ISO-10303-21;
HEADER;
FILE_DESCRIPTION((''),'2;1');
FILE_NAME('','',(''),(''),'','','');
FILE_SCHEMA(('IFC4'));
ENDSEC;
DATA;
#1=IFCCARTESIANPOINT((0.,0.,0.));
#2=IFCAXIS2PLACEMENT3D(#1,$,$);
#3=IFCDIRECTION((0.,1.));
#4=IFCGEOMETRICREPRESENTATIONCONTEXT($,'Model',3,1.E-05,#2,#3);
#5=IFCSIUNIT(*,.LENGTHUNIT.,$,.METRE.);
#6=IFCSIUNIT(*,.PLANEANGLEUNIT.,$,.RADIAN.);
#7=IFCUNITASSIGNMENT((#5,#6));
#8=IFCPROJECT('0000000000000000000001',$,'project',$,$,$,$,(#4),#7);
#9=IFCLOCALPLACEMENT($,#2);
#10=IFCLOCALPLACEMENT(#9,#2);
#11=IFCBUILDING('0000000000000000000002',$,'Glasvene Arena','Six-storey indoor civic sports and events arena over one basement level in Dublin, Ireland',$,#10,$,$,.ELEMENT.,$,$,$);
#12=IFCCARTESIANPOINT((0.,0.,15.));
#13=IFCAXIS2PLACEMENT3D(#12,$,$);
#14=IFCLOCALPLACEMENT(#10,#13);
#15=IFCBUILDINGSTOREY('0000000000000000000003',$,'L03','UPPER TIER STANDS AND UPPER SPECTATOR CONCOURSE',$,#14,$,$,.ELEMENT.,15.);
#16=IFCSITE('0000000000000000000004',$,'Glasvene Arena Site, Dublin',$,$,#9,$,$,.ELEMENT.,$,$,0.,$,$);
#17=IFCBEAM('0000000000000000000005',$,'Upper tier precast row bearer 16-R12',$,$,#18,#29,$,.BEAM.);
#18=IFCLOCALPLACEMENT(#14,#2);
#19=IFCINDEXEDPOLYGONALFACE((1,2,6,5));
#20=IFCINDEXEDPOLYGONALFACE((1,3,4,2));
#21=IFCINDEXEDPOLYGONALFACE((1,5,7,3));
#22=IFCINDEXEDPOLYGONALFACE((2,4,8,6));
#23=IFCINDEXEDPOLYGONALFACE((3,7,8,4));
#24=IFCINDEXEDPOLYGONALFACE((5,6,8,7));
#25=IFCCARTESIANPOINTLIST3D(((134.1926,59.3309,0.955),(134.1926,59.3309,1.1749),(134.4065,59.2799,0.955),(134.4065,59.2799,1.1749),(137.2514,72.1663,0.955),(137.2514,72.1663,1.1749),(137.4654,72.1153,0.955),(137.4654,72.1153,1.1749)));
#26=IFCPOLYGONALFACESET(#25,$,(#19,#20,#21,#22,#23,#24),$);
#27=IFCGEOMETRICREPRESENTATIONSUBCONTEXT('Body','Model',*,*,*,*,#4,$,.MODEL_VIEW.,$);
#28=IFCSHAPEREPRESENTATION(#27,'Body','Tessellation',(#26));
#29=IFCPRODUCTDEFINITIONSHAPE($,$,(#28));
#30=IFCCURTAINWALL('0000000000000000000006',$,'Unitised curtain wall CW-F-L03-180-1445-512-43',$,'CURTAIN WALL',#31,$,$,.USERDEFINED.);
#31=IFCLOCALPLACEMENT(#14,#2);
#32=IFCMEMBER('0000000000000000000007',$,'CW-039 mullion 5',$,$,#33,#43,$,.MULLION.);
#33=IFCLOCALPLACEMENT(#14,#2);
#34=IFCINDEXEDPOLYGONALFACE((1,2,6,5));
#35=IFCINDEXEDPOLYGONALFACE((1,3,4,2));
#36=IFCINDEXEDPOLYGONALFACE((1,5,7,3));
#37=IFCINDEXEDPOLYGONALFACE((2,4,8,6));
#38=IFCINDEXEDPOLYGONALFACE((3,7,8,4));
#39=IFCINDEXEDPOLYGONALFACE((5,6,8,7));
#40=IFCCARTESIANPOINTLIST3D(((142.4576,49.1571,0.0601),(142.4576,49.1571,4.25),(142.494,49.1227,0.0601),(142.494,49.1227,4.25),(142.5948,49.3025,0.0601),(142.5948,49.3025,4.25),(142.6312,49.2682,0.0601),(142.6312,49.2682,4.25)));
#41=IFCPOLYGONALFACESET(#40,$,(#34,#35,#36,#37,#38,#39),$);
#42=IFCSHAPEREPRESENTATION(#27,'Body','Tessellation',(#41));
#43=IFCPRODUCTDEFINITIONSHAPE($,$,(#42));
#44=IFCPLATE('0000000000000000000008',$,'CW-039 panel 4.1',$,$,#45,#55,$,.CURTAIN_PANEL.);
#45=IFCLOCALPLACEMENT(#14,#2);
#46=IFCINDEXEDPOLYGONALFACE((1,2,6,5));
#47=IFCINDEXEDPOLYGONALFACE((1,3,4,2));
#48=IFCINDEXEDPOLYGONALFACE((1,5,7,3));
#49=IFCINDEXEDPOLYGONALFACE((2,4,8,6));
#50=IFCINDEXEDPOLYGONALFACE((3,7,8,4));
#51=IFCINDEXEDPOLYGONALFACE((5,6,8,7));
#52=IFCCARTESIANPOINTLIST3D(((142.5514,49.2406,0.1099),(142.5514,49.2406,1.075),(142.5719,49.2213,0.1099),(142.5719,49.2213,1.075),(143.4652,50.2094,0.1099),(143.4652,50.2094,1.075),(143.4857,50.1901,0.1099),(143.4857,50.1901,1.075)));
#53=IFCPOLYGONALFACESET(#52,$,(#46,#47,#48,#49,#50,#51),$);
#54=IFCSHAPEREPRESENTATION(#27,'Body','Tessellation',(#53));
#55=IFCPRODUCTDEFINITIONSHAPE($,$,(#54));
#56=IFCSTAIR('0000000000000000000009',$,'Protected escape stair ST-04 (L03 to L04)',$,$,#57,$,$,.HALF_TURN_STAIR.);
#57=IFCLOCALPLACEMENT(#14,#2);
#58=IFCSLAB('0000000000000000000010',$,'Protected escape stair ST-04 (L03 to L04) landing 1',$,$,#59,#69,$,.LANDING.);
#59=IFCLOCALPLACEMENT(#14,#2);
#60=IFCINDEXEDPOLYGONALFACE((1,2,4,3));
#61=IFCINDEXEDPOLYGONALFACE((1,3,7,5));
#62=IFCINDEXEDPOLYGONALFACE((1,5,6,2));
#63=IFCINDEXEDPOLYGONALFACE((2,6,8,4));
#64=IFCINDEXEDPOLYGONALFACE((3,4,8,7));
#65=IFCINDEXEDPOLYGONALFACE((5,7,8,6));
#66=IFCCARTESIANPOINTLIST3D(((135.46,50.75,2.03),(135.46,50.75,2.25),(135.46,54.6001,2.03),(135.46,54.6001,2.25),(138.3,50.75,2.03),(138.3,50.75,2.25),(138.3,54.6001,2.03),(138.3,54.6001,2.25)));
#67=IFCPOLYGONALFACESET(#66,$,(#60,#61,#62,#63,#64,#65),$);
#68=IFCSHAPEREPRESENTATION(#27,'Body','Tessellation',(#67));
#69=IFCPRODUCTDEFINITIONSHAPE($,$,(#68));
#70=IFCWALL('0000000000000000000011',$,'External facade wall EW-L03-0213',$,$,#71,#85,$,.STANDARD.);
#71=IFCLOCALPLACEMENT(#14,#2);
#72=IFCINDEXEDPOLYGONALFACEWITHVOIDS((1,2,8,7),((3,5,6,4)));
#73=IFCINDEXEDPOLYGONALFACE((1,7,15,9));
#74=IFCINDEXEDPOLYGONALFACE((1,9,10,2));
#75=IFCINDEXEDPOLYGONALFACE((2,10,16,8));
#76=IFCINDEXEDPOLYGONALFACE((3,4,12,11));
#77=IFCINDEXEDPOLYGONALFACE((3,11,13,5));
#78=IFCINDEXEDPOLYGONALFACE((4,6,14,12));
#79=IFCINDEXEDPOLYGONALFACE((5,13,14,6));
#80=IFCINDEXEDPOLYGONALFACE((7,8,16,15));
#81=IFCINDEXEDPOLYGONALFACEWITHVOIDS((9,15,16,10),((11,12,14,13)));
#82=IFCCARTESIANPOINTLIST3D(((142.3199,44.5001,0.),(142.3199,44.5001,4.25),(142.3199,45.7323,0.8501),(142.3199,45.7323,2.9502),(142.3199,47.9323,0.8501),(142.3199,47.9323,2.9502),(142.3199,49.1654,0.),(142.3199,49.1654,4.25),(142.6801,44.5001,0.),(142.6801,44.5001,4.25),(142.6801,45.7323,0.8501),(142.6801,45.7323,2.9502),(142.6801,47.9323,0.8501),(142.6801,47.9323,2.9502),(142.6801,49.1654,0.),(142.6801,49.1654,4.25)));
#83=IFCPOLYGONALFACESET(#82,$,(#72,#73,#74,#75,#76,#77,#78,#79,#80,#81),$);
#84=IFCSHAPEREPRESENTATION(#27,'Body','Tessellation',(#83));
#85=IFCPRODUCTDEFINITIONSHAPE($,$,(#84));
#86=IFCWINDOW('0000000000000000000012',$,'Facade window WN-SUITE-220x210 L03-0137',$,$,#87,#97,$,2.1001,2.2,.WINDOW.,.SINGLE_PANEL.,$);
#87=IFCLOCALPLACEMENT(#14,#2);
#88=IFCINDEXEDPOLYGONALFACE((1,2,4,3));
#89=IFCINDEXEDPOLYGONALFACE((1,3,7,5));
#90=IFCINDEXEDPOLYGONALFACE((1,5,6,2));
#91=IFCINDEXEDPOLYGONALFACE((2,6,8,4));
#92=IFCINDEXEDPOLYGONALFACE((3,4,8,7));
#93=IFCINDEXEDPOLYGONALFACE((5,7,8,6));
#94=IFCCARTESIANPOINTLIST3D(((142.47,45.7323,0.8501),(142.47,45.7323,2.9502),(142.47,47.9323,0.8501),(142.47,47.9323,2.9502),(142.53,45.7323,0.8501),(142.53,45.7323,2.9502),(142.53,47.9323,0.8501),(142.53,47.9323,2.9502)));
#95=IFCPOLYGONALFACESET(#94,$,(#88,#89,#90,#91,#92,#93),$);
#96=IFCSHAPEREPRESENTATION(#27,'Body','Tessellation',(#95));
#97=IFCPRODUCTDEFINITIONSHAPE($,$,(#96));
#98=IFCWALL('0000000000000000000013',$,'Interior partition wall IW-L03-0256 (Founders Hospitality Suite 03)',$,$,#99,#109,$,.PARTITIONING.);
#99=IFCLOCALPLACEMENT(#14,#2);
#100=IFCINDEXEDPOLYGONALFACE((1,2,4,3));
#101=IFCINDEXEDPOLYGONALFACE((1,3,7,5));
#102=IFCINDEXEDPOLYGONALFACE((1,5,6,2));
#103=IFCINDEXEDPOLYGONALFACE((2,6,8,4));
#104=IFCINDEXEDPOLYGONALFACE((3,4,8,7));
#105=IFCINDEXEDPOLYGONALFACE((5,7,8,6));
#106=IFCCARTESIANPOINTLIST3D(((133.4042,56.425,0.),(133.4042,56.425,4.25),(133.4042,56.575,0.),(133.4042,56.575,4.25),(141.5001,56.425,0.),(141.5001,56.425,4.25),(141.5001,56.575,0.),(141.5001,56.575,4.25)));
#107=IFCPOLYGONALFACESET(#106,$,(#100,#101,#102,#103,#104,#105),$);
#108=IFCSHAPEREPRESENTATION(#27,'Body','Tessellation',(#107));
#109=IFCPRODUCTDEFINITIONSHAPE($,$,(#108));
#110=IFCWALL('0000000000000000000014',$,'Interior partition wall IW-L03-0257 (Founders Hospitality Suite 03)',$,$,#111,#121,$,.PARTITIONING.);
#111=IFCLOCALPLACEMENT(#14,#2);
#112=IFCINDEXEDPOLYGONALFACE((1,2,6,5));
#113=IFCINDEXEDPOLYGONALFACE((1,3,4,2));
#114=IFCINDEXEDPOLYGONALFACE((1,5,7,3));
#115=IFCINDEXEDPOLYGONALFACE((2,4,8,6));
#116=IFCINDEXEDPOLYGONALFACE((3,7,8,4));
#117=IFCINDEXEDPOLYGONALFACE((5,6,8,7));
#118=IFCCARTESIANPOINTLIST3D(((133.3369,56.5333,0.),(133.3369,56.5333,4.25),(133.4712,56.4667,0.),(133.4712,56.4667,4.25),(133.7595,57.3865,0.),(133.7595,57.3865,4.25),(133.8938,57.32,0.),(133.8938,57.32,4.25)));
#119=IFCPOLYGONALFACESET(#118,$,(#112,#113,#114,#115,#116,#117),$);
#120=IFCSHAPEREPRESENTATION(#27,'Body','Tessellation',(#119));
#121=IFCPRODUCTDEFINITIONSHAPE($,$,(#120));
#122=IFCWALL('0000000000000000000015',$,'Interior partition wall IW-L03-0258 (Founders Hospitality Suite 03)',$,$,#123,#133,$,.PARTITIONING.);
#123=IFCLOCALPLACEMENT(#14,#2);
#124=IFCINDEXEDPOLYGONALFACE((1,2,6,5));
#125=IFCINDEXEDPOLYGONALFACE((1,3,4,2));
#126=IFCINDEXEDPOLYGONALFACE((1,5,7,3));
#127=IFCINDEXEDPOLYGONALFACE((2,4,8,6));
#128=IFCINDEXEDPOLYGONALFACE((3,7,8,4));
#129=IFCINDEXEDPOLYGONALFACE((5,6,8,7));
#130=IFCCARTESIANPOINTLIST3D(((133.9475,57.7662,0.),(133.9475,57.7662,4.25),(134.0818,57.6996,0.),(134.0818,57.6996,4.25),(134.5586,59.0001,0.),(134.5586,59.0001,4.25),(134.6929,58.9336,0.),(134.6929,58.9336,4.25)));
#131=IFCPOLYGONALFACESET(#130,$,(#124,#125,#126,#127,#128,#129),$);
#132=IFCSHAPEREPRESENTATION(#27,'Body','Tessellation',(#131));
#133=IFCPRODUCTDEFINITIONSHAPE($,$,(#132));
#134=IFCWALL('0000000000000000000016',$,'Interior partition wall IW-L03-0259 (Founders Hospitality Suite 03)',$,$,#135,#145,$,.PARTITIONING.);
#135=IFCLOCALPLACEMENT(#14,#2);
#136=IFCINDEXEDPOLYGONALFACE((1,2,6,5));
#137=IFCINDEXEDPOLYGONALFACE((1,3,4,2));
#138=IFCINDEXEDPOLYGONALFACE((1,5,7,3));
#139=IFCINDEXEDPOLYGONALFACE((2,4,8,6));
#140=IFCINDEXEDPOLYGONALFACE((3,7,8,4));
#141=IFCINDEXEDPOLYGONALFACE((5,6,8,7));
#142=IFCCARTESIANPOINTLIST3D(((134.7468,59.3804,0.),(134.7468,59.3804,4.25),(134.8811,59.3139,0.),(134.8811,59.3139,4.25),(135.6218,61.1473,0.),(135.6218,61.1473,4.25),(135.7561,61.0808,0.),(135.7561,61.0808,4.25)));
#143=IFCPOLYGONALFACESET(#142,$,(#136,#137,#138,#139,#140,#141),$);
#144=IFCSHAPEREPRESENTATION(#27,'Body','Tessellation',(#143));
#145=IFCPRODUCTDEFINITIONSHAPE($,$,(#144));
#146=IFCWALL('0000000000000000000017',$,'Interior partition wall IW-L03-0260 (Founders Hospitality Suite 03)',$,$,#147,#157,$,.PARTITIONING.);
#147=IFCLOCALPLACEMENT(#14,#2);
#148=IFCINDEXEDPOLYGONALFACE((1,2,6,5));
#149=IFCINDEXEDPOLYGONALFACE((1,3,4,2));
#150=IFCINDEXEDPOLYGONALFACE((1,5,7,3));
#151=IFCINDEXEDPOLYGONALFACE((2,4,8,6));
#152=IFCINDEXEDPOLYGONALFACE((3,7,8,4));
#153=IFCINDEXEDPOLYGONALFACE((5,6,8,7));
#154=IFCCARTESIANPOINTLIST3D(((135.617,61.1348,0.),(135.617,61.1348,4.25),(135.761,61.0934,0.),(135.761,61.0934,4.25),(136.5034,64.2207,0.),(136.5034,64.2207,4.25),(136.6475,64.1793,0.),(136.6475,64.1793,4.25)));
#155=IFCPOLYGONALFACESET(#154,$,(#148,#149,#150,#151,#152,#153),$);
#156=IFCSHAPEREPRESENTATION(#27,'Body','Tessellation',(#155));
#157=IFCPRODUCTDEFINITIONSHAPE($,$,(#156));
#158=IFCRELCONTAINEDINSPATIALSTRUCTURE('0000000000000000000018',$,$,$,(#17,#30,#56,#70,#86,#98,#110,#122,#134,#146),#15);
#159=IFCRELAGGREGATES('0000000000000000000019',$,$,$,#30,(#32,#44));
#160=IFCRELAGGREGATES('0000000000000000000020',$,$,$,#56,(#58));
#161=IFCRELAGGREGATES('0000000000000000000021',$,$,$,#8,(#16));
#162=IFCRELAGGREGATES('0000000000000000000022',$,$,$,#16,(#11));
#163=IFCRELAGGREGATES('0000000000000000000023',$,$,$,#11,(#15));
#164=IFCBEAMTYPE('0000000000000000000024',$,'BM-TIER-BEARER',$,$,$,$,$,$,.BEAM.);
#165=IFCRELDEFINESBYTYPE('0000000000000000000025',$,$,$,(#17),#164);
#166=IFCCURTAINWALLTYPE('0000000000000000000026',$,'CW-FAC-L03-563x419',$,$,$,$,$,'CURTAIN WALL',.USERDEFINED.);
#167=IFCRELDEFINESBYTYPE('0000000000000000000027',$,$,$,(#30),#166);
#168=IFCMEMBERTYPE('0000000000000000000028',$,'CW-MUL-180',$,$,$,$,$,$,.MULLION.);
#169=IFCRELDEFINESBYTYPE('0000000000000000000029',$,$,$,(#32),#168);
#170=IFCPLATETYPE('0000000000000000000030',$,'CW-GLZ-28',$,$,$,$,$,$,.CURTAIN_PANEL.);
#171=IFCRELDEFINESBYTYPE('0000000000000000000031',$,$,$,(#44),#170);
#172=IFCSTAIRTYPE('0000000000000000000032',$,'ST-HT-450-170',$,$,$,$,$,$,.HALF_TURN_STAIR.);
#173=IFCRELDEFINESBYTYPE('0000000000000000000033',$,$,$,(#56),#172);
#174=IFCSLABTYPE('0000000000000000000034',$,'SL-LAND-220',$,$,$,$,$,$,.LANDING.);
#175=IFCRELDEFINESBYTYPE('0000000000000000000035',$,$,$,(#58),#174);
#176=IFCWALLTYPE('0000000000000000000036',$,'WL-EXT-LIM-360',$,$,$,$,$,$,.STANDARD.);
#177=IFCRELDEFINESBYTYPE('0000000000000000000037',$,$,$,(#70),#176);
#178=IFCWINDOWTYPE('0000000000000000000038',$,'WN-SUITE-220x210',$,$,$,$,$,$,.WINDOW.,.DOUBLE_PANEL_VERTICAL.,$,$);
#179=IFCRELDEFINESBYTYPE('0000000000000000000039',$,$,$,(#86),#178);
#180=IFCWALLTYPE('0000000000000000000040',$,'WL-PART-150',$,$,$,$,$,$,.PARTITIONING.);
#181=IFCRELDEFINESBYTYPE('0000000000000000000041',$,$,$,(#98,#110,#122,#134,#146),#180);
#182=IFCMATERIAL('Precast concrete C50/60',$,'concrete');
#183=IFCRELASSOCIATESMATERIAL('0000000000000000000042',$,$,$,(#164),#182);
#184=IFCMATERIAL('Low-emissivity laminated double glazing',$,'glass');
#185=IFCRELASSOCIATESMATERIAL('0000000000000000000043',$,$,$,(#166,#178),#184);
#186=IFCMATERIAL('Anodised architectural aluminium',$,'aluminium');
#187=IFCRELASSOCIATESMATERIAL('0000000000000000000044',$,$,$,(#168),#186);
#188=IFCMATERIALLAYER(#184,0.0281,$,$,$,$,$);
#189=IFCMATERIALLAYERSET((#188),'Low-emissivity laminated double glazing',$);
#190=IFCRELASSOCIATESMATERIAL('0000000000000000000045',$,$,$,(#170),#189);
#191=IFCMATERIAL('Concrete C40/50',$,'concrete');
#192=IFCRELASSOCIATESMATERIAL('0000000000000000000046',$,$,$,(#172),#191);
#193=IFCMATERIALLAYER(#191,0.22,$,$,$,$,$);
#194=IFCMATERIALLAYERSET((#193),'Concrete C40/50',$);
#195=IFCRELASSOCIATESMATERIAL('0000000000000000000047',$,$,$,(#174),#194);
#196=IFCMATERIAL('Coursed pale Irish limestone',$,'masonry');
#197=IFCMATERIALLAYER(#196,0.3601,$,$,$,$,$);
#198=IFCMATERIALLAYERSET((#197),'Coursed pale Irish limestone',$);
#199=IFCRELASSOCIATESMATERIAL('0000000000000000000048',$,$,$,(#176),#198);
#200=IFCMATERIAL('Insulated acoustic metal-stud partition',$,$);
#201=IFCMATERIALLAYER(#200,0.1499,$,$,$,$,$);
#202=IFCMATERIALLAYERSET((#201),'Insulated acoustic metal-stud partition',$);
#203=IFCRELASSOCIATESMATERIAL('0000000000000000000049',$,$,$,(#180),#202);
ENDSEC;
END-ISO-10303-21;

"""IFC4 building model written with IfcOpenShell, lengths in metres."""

from ifc_helpers import new_model, si_unit, direction, frame, frame_2d, origin, origin_2d, place, context, subcontext, project, spatial, polyline, rectangle, outline, extrude, material, layer, layer_set, material_profile, profile_set, type_object, element, fill, aggregate, save


model = new_model("IFC4")

# Units and contexts
model_context = context("Model", 3, precision=1e-05, world=origin(), true_north=direction((0.0, 1.0)))
body_context = subcontext(model_context, "Body", "Model", "MODEL_VIEW")
ifc_project = project(units=[si_unit("LENGTHUNIT", "METRE"), si_unit("PLANEANGLEUNIT", "RADIAN")], contexts=[model_context])

# Site, building, storey
site_placement = place(None, origin())
site = spatial("IfcSite", under=ifc_project, at=site_placement, Name="Glasvene Arena Site, Dublin", CompositionType="ELEMENT", RefElevation=0.0)
building_placement = place(site_placement, origin())
building = spatial("IfcBuilding", under=site, at=building_placement, Name="Glasvene Arena", Description="Six-storey indoor civic sports and events arena over one basement level in Dublin, Ireland", CompositionType="ELEMENT")
storey_placement = place(building_placement, frame((0.0, 0.0, 15.0)))
storey = spatial("IfcBuildingStorey", under=building, at=storey_placement, Name="L03", Description="UPPER TIER STANDS AND UPPER SPECTATOR CONCOURSE", CompositionType="ELEMENT", Elevation=15.0)

# Beam
ifc_material_1 = material(Name="Precast concrete C50/60", Category="concrete")
ifc_material_profile_1 = material_profile(ifc_material_1, rectangle(XDim=0.22, YDim=0.22, at=origin_2d()), Name="RC 220x220")
ifc_profile_set_1 = profile_set([ifc_material_profile_1], Name="Precast concrete C50/60")
beam_type_1 = type_object("IfcBeamType", Name="BM-TIER-BEARER", PredefinedType="BEAM", material=ifc_profile_set_1)
beam_1_placement = place(storey_placement, frame((134.2996, 59.3054, 1.0649), z_axis=(0.23182, 0.972759, 0.0), x_axis=(-0.972759, 0.23182, 0.0)))
element("IfcBeam", 1, at=beam_1_placement, inside=storey, type_object=beam_type_1, Name="Upper tier precast row bearer 16-R12", PredefinedType="BEAM", context=body_context, shape_type="SweptSolid", body=[
    extrude(rectangle(XDim=0.22, YDim=0.22, at=origin_2d()), origin(), (0.0, 0.0, 1.0), 13.1948),
])

# Curtain wall, member, plate
ifc_material_2 = material(Name="Low-emissivity laminated double glazing", Category="glass")
curtain_wall_type = type_object("IfcCurtainWallType", Name="CW-FAC-L03-563x419", ElementType="CURTAIN WALL", PredefinedType="USERDEFINED", material=ifc_material_2)
curtain_wall_placement = place(storey_placement, frame((146.3884, 53.2881, 0.0)))
curtain_wall = element("IfcCurtainWall", 2, at=curtain_wall_placement, inside=storey, type_object=curtain_wall_type, Name="Unitised curtain wall CW-F-L03-180-1445-512-43", ObjectType="CURTAIN WALL", PredefinedType="USERDEFINED")
ifc_material_3 = material(Name="Anodised architectural aluminium", Category="aluminium")
ifc_material_profile_2 = material_profile(ifc_material_3, rectangle(XDim=0.05, YDim=0.2, at=origin_2d()), Name="ALU MULLION 50x200")
ifc_profile_set_2 = profile_set([ifc_material_profile_2], Name="Anodised architectural aluminium")
member_type = type_object("IfcMemberType", Name="CW-MUL-180", PredefinedType="MULLION", material=ifc_profile_set_2)
member_placement = place(storey_placement, frame((142.5444, 49.2126, 0.0601), z_axis=(0.0, 0.0, 1.0), x_axis=(0.727464, -0.686146, 0.0)))
member = element("IfcMember", 3, at=member_placement, type_object=member_type, Name="CW-039 mullion 5", PredefinedType="MULLION", context=body_context, shape_type="SweptSolid", body=[
    extrude(rectangle(XDim=0.05, YDim=0.2, at=origin_2d()), origin(), (0.0, 0.0, 1.0), 4.1899),
])
ifc_layer_1 = layer(ifc_material_2, 0.0281)
ifc_layer_set_1 = layer_set([ifc_layer_1], Name="Low-emissivity laminated double glazing")
plate_type = type_object("IfcPlateType", Name="CW-GLZ-28", PredefinedType="CURTAIN_PANEL", material=ifc_layer_set_1)
plate_placement = place(storey_placement, frame((143.0186, 49.7153, 0.1099), z_axis=(0.0, 0.0, 1.0), x_axis=(-0.686146, -0.727464, 0.0)))
plate = element("IfcPlate", 4, at=plate_placement, type_object=plate_type, Name="CW-039 panel 4.1", PredefinedType="CURTAIN_PANEL", context=body_context, shape_type="SweptSolid", body=[
    extrude(rectangle(XDim=1.3318, YDim=0.0281, at=origin_2d()), origin(), (0.0, 0.0, 1.0), 0.9651),
])
aggregate(curtain_wall, [member, plate])

# Stair, slab
ifc_material_4 = material(Name="Concrete C40/50", Category="concrete")
stair_type = type_object("IfcStairType", Name="ST-HT-450-170", PredefinedType="HALF_TURN_STAIR", material=ifc_material_4)
stair_placement = place(storey_placement, origin())
stair = element("IfcStair", 5, at=stair_placement, inside=storey, type_object=stair_type, Name="Protected escape stair ST-04 (L03 to L04)", PredefinedType="HALF_TURN_STAIR")
ifc_layer_2 = layer(ifc_material_4, 0.22)
ifc_layer_set_2 = layer_set([ifc_layer_2], Name="Concrete C40/50")
slab_type = type_object("IfcSlabType", Name="SL-LAND-220", PredefinedType="LANDING", material=ifc_layer_set_2)
slab_placement = place(storey_placement, frame((136.8799, 52.675, 2.03)))
slab = element("IfcSlab", 6, at=slab_placement, type_object=slab_type, Name="Protected escape stair ST-04 (L03 to L04) landing 1", PredefinedType="LANDING", context=body_context, shape_type="SweptSolid", body=[
    extrude(outline(polyline([(-1.4199, -1.925), (1.4202, -1.925), (1.4202, 1.925), (-1.4199, 1.925), (-1.4199, -1.925)])), origin(), (0.0, 0.0, 1.0), 0.22),
])

# Wall, opening, window
ifc_material_5 = material(Name="Coursed pale Irish limestone", Category="masonry")
ifc_layer_3 = layer(ifc_material_5, 0.3601)
ifc_layer_set_3 = layer_set([ifc_layer_3], Name="Coursed pale Irish limestone")
wall_type_1 = type_object("IfcWallType", Name="WL-EXT-LIM-360", PredefinedType="STANDARD", material=ifc_layer_set_3)
wall_1_placement = place(storey_placement, frame((142.5, 49.1653, 0.0), z_axis=(0.0, 0.0, 1.0), x_axis=(0.0, -1.0, 0.0)))
wall_1 = element("IfcWall", 7, at=wall_1_placement, inside=storey, type_object=wall_type_1, Name="External facade wall EW-L03-0213", PredefinedType="STANDARD", context=body_context, shape_type="SweptSolid", body=[
    extrude(rectangle(XDim=4.6653, YDim=0.3601, at=frame_2d((2.3325, 0.0))), origin(), (0.0, 0.0, 1.0), 4.25),
])
opening_1_placement = place(wall_1_placement, frame((1.2329, 0.0, 0.8501)))
opening_1 = element("IfcOpeningElement", 8, at=opening_1_placement, cuts=wall_1, PredefinedType="OPENING", context=body_context, shape_type="SweptSolid", body=[
    extrude(rectangle(XDim=2.2, YDim=2.1001, at=frame_2d((1.1001, 1.05))), frame((0.0, 0.1899, 0.0), z_axis=(0.0, -1.0, 0.0), x_axis=(1.0, 0.0, 0.0)), (0.0, 0.0, 1.0), 0.3801),
])
window_type = type_object("IfcWindowType", Name="WN-SUITE-220x210", PartitioningType="DOUBLE_PANEL_VERTICAL", PredefinedType="WINDOW", material=ifc_material_2)
window_placement = place(opening_1_placement, origin())
window = element("IfcWindow", 9, at=window_placement, inside=storey, type_object=window_type, Name="Facade window WN-SUITE-220x210 L03-0137", OverallHeight=2.1001, OverallWidth=2.2, PartitioningType="SINGLE_PANEL", PredefinedType="WINDOW", context=body_context, shape_type="SweptSolid", body=[
    extrude(rectangle(XDim=2.2, YDim=2.1001, at=frame_2d((1.1001, 1.05))), frame((0.0, 0.03, 0.0), z_axis=(0.0, -1.0, 0.0), x_axis=(1.0, 0.0, 0.0)), (0.0, 0.0, 1.0), 0.0601),
])
fill(opening_1, window)

# Walls
ifc_material_6 = material(Name="Insulated acoustic metal-stud partition")
ifc_layer_4 = layer(ifc_material_6, 0.1499)
ifc_layer_set_4 = layer_set([ifc_layer_4], Name="Insulated acoustic metal-stud partition")
wall_type_2 = type_object("IfcWallType", Name="WL-PART-150", PredefinedType="PARTITIONING", material=ifc_layer_set_4)
wall_2_placement = place(storey_placement, frame((141.5, 56.5, 0.0), z_axis=(0.0, 0.0, 1.0), x_axis=(-1.0, 0.0, 0.0)))
element("IfcWall", 10, at=wall_2_placement, inside=storey, type_object=wall_type_2, Name="Interior partition wall IW-L03-0256 (Founders Hospitality Suite 03)", PredefinedType="PARTITIONING", context=body_context, shape_type="SweptSolid", body=[
    extrude(rectangle(XDim=8.0959, YDim=0.1499, at=frame_2d((4.0479, 0.0))), origin(), (0.0, 0.0, 1.0), 4.25),
])
wall_3_placement = place(storey_placement, frame((133.4041, 56.5, 0.0), z_axis=(0.0, 0.0, 1.0), x_axis=(0.443826, 0.896113, 0.0)))
element("IfcWall", 11, at=wall_3_placement, inside=storey, type_object=wall_type_2, Name="Interior partition wall IW-L03-0257 (Founders Hospitality Suite 03)", PredefinedType="PARTITIONING", context=body_context, shape_type="SweptSolid", body=[
    extrude(rectangle(XDim=0.9521, YDim=0.1499, at=frame_2d((0.4761, 0.0))), origin(), (0.0, 0.0, 1.0), 4.25),
])
wall_4_placement = place(storey_placement, frame((134.0146, 57.7329, 0.0), z_axis=(0.0, 0.0, 1.0), x_axis=(0.443806, 0.896123, 0.0)))
element("IfcWall", 12, at=wall_4_placement, inside=storey, type_object=wall_type_2, Name="Interior partition wall IW-L03-0258 (Founders Hospitality Suite 03)", PredefinedType="PARTITIONING", context=body_context, shape_type="SweptSolid", body=[
    extrude(rectangle(XDim=1.377, YDim=0.1499, at=frame_2d((0.6885, 0.0))), origin(), (0.0, 0.0, 1.0), 4.25),
])
wall_5_placement = place(storey_placement, frame((134.814, 59.3472, 0.0), z_axis=(0.0, 0.0, 1.0), x_axis=(0.443793, 0.896129, 0.0)))
element("IfcWall", 13, at=wall_5_placement, inside=storey, type_object=wall_type_2, Name="Interior partition wall IW-L03-0259 (Founders Hospitality Suite 03)", PredefinedType="PARTITIONING", context=body_context, shape_type="SweptSolid", body=[
    extrude(rectangle(XDim=1.9717, YDim=0.1499, at=frame_2d((0.9858, 0.0))), origin(), (0.0, 0.0, 1.0), 4.25),
])
wall_6_placement = place(storey_placement, frame((135.689, 61.114, 0.0), z_axis=(0.0, 0.0, 1.0), x_axis=(0.276097, 0.96113, 0.0)))
element("IfcWall", 14, at=wall_6_placement, inside=storey, type_object=wall_type_2, Name="Interior partition wall IW-L03-0260 (Founders Hospitality Suite 03)", PredefinedType="PARTITIONING", context=body_context, shape_type="SweptSolid", body=[
    extrude(rectangle(XDim=3.2107, YDim=0.1499, at=frame_2d((1.6055, 0.0))), origin(), (0.0, 0.0, 1.0), 4.25),
])

aggregate(stair, [slab])

save(model, "model.ifc")
